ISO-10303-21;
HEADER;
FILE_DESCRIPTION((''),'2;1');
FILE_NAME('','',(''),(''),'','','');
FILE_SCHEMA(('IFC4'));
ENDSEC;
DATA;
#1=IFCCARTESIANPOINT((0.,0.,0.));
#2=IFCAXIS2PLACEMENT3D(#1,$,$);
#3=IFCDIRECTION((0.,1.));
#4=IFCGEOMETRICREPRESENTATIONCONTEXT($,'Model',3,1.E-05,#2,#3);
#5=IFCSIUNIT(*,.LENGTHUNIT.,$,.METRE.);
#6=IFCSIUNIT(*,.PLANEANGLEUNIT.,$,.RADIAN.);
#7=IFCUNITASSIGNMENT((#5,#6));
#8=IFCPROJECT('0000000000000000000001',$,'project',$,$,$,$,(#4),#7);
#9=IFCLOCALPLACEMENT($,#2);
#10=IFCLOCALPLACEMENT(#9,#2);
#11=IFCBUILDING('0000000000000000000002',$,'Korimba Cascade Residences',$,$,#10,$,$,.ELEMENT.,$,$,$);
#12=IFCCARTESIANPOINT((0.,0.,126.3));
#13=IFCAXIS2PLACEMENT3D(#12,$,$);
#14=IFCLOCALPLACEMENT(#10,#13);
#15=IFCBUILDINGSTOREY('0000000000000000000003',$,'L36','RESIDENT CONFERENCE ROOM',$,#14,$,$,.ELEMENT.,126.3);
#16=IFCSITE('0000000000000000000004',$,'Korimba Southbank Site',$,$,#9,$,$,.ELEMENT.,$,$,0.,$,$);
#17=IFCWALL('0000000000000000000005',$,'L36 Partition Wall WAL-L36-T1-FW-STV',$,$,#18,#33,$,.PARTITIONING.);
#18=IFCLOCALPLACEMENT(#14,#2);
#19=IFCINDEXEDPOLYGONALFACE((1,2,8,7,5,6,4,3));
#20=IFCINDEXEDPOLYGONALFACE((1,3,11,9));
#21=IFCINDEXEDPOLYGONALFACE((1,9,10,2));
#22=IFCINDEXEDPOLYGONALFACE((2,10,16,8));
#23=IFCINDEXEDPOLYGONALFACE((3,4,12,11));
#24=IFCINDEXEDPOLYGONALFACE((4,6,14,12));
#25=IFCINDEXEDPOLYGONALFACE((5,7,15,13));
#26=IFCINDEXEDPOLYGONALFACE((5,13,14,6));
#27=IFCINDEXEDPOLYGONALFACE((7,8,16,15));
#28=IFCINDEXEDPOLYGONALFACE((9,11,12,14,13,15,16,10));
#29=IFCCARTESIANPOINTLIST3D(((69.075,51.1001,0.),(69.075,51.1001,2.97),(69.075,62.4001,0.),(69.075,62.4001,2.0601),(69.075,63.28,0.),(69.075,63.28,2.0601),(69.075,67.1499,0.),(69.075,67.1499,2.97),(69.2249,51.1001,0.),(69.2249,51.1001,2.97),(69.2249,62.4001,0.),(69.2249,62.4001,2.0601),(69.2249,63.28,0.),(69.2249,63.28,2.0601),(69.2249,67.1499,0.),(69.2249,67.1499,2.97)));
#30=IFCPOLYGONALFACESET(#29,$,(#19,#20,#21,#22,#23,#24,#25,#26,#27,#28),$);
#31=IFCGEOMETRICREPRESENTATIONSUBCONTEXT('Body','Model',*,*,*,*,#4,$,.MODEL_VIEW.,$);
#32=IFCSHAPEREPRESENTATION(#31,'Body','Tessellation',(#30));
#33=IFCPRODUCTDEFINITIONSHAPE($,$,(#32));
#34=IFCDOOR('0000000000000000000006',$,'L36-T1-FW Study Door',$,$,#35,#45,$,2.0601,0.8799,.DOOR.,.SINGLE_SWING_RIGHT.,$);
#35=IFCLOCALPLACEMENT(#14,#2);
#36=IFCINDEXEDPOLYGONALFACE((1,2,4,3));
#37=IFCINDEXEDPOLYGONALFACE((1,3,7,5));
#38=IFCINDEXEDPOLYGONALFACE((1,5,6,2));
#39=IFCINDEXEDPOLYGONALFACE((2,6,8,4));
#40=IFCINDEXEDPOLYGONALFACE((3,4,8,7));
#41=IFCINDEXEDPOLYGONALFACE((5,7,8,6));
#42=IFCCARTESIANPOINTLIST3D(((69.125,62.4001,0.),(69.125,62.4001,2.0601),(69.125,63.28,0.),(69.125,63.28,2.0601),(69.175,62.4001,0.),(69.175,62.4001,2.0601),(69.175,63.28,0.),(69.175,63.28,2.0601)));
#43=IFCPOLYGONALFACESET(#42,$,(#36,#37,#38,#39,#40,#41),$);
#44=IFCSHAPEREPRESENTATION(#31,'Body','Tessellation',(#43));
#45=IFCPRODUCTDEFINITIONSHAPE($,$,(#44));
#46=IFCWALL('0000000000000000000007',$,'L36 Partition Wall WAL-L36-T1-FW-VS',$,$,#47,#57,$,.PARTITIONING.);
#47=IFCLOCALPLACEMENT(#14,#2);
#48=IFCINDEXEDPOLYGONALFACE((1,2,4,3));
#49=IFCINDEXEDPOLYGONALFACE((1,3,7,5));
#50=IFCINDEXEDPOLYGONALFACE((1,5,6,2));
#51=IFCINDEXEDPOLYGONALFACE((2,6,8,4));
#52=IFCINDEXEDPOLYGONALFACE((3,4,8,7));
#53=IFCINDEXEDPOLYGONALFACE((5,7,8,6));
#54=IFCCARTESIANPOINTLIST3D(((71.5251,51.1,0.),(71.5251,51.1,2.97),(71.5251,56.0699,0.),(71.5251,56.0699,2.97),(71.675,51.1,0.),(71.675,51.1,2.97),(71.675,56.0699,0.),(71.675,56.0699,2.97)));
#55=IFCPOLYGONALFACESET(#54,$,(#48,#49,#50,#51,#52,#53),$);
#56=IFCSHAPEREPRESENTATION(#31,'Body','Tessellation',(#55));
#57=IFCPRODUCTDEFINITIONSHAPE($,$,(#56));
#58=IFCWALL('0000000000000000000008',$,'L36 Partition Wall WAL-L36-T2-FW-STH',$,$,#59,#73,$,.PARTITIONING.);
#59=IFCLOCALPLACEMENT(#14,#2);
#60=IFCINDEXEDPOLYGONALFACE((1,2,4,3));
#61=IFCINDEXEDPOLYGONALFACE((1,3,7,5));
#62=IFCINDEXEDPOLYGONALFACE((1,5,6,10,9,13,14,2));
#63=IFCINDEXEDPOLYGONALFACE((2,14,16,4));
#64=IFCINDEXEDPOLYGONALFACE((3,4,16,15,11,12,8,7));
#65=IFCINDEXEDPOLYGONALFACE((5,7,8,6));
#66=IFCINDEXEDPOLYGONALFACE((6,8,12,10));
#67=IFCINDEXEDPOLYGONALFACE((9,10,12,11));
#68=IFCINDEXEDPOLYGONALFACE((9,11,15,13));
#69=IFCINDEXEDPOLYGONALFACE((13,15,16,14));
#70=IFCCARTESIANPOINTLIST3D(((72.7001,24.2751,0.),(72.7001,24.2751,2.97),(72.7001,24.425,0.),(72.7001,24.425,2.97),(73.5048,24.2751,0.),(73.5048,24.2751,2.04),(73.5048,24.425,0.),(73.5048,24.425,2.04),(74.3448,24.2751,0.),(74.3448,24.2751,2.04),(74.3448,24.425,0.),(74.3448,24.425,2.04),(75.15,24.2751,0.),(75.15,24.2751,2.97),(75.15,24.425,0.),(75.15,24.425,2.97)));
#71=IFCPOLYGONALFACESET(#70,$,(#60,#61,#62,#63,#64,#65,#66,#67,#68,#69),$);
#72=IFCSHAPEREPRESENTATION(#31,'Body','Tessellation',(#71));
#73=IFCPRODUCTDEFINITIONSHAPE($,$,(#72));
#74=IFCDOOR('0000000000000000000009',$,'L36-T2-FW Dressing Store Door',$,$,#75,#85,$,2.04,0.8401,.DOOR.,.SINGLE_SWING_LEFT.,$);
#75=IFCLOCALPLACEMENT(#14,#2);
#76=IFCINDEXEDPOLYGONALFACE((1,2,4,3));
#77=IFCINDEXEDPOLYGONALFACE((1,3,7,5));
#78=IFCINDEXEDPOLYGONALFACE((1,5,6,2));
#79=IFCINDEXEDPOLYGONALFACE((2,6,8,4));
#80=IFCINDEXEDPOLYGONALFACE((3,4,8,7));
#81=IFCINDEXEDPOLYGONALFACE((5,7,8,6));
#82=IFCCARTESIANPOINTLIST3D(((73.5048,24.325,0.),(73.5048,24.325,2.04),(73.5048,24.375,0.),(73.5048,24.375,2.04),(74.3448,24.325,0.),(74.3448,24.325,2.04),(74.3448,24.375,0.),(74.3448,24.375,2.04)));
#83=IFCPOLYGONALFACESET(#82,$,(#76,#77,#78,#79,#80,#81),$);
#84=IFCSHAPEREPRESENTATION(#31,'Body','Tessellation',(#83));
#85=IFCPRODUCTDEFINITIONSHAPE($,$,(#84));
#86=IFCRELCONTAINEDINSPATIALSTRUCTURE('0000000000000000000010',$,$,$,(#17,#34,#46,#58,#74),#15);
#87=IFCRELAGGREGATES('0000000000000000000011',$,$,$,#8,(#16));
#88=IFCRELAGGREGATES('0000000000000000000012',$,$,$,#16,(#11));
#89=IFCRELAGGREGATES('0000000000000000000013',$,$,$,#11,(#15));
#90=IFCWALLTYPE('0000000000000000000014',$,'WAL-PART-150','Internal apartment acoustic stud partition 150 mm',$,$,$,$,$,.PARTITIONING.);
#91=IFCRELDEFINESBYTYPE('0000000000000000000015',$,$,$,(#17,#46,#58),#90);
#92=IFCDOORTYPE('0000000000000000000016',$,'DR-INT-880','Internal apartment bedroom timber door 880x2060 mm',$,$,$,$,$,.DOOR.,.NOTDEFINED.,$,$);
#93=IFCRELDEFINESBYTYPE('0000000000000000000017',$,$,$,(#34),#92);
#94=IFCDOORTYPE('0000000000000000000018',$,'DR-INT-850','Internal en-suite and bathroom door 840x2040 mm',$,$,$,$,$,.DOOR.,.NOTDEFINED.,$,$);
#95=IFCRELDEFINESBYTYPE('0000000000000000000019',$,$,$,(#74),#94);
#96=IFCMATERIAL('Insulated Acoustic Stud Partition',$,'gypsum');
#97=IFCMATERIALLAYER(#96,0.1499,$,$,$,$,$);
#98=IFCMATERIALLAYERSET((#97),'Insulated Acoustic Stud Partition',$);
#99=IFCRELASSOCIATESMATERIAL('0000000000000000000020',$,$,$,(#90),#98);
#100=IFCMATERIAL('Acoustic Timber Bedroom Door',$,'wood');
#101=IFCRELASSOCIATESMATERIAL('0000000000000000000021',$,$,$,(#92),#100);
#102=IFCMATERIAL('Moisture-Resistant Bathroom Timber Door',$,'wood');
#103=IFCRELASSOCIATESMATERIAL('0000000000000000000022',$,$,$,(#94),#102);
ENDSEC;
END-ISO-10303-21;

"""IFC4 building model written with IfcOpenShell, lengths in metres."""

from ifc_helpers import new_model, si_unit, direction, frame, frame_2d, origin, place, context, subcontext, project, spatial, rectangle, extrude, material, layer, layer_set, type_object, element, fill, save


model = new_model("IFC4")

# Units and contexts
model_context = context("Model", 3, precision=1e-05, world=origin(), true_north=direction((0.0, 1.0)))
body_context = subcontext(model_context, "Body", "Model", "MODEL_VIEW")
ifc_project = project(units=[si_unit("LENGTHUNIT", "METRE"), si_unit("PLANEANGLEUNIT", "RADIAN")], contexts=[model_context])

# Site, building, storey
site_placement = place(None, origin())
site = spatial("IfcSite", under=ifc_project, at=site_placement, Name="Korimba Southbank Site", CompositionType="ELEMENT", RefElevation=0.0)
building_placement = place(site_placement, origin())
building = spatial("IfcBuilding", under=site, at=building_placement, Name="Korimba Cascade Residences", CompositionType="ELEMENT")
storey_placement = place(building_placement, frame((0.0, 0.0, 126.3)))
storey = spatial("IfcBuildingStorey", under=building, at=storey_placement, Name="L36", Description="RESIDENT CONFERENCE ROOM", CompositionType="ELEMENT", Elevation=126.3)

# Wall, opening, door
ifc_material_1 = material(Name="Insulated Acoustic Stud Partition", Category="gypsum")
ifc_layer_1 = layer(ifc_material_1, 0.1499)
ifc_layer_set_1 = layer_set([ifc_layer_1], Name="Insulated Acoustic Stud Partition")
wall_type_1 = type_object("IfcWallType", Name="WAL-PART-150", Description="Internal apartment acoustic stud partition 150 mm", PredefinedType="PARTITIONING", material=ifc_layer_set_1)
wall_1_placement = place(storey_placement, frame((69.1499, 51.1001, 0.0), z_axis=(0.0, 0.0, 1.0), x_axis=(0.0, 1.0, 0.0)))
wall_1 = element("IfcWall", 1, at=wall_1_placement, inside=storey, type_object=wall_type_1, Name="L36 Partition Wall WAL-L36-T1-FW-STV", PredefinedType="PARTITIONING", context=body_context, shape_type="SweptSolid", body=[
    extrude(rectangle(XDim=16.0498, YDim=0.1499, at=frame_2d((8.0249, 0.0))), origin(), (0.0, 0.0, 1.0), 2.97),
])
opening_1_placement = place(wall_1_placement, frame((11.3, 0.0, 0.0)))
opening_1 = element("IfcOpeningElement", 2, at=opening_1_placement, cuts=wall_1, PredefinedType="OPENING", context=body_context, shape_type="SweptSolid", body=[
    extrude(rectangle(XDim=0.8799, YDim=2.0601, at=frame_2d((0.4399, 1.03))), frame((0.0, 0.085, 0.0), z_axis=(0.0, -1.0, 0.0), x_axis=(1.0, 0.0, 0.0)), (0.0, 0.0, 1.0), 0.1699),
])
ifc_material_2 = material(Name="Acoustic Timber Bedroom Door", Category="wood")
door_type_1 = type_object("IfcDoorType", Name="DR-INT-880", Description="Internal apartment bedroom timber door 880x2060 mm", OperationType="NOTDEFINED", PredefinedType="DOOR", material=ifc_material_2)
door_1_placement = place(opening_1_placement, origin())
door_1 = element("IfcDoor", 3, at=door_1_placement, inside=storey, type_object=door_type_1, Name="L36-T1-FW Study Door", OperationType="SINGLE_SWING_RIGHT", OverallHeight=2.0601, OverallWidth=0.8799, PredefinedType="DOOR", context=body_context, shape_type="SweptSolid", body=[
    extrude(rectangle(XDim=0.8799, YDim=2.0601, at=frame_2d((0.4399, 1.03))), frame((0.0, 0.0249, 0.0), z_axis=(0.0, -1.0, 0.0), x_axis=(1.0, 0.0, 0.0)), (0.0, 0.0, 1.0), 0.05),
])
fill(opening_1, door_1)

# Wall
wall_2_placement = place(storey_placement, frame((71.6001, 51.1001, 0.0), z_axis=(0.0, 0.0, 1.0), x_axis=(0.0, 1.0, 0.0)))
element("IfcWall", 4, at=wall_2_placement, inside=storey, type_object=wall_type_1, Name="L36 Partition Wall WAL-L36-T1-FW-VS", PredefinedType="PARTITIONING", context=body_context, shape_type="SweptSolid", body=[
    extrude(rectangle(XDim=4.97, YDim=0.1499, at=frame_2d((2.4849, 0.0))), origin(), (0.0, 0.0, 1.0), 2.97),
])

# Wall, opening, door
wall_3_placement = place(storey_placement, frame((72.7, 24.3501, 0.0), z_axis=(0.0, 0.0, 1.0), x_axis=(1.0, 0.0, 0.0)))
wall_3 = element("IfcWall", 5, at=wall_3_placement, inside=storey, type_object=wall_type_1, Name="L36 Partition Wall WAL-L36-T2-FW-STH", PredefinedType="PARTITIONING", context=body_context, shape_type="SweptSolid", body=[
    extrude(rectangle(XDim=2.45, YDim=0.1499, at=frame_2d((1.2251, 0.0))), origin(), (0.0, 0.0, 1.0), 2.97),
])
opening_2_placement = place(wall_3_placement, frame((0.8049, 0.0, 0.0)))
opening_2 = element("IfcOpeningElement", 6, at=opening_2_placement, cuts=wall_3, PredefinedType="OPENING", context=body_context, shape_type="SweptSolid", body=[
    extrude(rectangle(XDim=0.8401, YDim=2.04, at=frame_2d((0.4199, 1.02))), frame((0.0, 0.085, 0.0), z_axis=(0.0, -1.0, 0.0), x_axis=(1.0, 0.0, 0.0)), (0.0, 0.0, 1.0), 0.1699),
])
ifc_material_3 = material(Name="Moisture-Resistant Bathroom Timber Door", Category="wood")
door_type_2 = type_object("IfcDoorType", Name="DR-INT-850", Description="Internal en-suite and bathroom door 840x2040 mm", OperationType="NOTDEFINED", PredefinedType="DOOR", material=ifc_material_3)
door_2_placement = place(opening_2_placement, origin())
door_2 = element("IfcDoor", 7, at=door_2_placement, inside=storey, type_object=door_type_2, Name="L36-T2-FW Dressing Store Door", OperationType="SINGLE_SWING_LEFT", OverallHeight=2.04, OverallWidth=0.8401, PredefinedType="DOOR", context=body_context, shape_type="SweptSolid", body=[
    extrude(rectangle(XDim=0.8401, YDim=2.04, at=frame_2d((0.4199, 1.02))), frame((0.0, 0.0249, 0.0), z_axis=(0.0, -1.0, 0.0), x_axis=(1.0, 0.0, 0.0)), (0.0, 0.0, 1.0), 0.05),
])
fill(opening_2, door_2)

save(model, "model.ifc")
